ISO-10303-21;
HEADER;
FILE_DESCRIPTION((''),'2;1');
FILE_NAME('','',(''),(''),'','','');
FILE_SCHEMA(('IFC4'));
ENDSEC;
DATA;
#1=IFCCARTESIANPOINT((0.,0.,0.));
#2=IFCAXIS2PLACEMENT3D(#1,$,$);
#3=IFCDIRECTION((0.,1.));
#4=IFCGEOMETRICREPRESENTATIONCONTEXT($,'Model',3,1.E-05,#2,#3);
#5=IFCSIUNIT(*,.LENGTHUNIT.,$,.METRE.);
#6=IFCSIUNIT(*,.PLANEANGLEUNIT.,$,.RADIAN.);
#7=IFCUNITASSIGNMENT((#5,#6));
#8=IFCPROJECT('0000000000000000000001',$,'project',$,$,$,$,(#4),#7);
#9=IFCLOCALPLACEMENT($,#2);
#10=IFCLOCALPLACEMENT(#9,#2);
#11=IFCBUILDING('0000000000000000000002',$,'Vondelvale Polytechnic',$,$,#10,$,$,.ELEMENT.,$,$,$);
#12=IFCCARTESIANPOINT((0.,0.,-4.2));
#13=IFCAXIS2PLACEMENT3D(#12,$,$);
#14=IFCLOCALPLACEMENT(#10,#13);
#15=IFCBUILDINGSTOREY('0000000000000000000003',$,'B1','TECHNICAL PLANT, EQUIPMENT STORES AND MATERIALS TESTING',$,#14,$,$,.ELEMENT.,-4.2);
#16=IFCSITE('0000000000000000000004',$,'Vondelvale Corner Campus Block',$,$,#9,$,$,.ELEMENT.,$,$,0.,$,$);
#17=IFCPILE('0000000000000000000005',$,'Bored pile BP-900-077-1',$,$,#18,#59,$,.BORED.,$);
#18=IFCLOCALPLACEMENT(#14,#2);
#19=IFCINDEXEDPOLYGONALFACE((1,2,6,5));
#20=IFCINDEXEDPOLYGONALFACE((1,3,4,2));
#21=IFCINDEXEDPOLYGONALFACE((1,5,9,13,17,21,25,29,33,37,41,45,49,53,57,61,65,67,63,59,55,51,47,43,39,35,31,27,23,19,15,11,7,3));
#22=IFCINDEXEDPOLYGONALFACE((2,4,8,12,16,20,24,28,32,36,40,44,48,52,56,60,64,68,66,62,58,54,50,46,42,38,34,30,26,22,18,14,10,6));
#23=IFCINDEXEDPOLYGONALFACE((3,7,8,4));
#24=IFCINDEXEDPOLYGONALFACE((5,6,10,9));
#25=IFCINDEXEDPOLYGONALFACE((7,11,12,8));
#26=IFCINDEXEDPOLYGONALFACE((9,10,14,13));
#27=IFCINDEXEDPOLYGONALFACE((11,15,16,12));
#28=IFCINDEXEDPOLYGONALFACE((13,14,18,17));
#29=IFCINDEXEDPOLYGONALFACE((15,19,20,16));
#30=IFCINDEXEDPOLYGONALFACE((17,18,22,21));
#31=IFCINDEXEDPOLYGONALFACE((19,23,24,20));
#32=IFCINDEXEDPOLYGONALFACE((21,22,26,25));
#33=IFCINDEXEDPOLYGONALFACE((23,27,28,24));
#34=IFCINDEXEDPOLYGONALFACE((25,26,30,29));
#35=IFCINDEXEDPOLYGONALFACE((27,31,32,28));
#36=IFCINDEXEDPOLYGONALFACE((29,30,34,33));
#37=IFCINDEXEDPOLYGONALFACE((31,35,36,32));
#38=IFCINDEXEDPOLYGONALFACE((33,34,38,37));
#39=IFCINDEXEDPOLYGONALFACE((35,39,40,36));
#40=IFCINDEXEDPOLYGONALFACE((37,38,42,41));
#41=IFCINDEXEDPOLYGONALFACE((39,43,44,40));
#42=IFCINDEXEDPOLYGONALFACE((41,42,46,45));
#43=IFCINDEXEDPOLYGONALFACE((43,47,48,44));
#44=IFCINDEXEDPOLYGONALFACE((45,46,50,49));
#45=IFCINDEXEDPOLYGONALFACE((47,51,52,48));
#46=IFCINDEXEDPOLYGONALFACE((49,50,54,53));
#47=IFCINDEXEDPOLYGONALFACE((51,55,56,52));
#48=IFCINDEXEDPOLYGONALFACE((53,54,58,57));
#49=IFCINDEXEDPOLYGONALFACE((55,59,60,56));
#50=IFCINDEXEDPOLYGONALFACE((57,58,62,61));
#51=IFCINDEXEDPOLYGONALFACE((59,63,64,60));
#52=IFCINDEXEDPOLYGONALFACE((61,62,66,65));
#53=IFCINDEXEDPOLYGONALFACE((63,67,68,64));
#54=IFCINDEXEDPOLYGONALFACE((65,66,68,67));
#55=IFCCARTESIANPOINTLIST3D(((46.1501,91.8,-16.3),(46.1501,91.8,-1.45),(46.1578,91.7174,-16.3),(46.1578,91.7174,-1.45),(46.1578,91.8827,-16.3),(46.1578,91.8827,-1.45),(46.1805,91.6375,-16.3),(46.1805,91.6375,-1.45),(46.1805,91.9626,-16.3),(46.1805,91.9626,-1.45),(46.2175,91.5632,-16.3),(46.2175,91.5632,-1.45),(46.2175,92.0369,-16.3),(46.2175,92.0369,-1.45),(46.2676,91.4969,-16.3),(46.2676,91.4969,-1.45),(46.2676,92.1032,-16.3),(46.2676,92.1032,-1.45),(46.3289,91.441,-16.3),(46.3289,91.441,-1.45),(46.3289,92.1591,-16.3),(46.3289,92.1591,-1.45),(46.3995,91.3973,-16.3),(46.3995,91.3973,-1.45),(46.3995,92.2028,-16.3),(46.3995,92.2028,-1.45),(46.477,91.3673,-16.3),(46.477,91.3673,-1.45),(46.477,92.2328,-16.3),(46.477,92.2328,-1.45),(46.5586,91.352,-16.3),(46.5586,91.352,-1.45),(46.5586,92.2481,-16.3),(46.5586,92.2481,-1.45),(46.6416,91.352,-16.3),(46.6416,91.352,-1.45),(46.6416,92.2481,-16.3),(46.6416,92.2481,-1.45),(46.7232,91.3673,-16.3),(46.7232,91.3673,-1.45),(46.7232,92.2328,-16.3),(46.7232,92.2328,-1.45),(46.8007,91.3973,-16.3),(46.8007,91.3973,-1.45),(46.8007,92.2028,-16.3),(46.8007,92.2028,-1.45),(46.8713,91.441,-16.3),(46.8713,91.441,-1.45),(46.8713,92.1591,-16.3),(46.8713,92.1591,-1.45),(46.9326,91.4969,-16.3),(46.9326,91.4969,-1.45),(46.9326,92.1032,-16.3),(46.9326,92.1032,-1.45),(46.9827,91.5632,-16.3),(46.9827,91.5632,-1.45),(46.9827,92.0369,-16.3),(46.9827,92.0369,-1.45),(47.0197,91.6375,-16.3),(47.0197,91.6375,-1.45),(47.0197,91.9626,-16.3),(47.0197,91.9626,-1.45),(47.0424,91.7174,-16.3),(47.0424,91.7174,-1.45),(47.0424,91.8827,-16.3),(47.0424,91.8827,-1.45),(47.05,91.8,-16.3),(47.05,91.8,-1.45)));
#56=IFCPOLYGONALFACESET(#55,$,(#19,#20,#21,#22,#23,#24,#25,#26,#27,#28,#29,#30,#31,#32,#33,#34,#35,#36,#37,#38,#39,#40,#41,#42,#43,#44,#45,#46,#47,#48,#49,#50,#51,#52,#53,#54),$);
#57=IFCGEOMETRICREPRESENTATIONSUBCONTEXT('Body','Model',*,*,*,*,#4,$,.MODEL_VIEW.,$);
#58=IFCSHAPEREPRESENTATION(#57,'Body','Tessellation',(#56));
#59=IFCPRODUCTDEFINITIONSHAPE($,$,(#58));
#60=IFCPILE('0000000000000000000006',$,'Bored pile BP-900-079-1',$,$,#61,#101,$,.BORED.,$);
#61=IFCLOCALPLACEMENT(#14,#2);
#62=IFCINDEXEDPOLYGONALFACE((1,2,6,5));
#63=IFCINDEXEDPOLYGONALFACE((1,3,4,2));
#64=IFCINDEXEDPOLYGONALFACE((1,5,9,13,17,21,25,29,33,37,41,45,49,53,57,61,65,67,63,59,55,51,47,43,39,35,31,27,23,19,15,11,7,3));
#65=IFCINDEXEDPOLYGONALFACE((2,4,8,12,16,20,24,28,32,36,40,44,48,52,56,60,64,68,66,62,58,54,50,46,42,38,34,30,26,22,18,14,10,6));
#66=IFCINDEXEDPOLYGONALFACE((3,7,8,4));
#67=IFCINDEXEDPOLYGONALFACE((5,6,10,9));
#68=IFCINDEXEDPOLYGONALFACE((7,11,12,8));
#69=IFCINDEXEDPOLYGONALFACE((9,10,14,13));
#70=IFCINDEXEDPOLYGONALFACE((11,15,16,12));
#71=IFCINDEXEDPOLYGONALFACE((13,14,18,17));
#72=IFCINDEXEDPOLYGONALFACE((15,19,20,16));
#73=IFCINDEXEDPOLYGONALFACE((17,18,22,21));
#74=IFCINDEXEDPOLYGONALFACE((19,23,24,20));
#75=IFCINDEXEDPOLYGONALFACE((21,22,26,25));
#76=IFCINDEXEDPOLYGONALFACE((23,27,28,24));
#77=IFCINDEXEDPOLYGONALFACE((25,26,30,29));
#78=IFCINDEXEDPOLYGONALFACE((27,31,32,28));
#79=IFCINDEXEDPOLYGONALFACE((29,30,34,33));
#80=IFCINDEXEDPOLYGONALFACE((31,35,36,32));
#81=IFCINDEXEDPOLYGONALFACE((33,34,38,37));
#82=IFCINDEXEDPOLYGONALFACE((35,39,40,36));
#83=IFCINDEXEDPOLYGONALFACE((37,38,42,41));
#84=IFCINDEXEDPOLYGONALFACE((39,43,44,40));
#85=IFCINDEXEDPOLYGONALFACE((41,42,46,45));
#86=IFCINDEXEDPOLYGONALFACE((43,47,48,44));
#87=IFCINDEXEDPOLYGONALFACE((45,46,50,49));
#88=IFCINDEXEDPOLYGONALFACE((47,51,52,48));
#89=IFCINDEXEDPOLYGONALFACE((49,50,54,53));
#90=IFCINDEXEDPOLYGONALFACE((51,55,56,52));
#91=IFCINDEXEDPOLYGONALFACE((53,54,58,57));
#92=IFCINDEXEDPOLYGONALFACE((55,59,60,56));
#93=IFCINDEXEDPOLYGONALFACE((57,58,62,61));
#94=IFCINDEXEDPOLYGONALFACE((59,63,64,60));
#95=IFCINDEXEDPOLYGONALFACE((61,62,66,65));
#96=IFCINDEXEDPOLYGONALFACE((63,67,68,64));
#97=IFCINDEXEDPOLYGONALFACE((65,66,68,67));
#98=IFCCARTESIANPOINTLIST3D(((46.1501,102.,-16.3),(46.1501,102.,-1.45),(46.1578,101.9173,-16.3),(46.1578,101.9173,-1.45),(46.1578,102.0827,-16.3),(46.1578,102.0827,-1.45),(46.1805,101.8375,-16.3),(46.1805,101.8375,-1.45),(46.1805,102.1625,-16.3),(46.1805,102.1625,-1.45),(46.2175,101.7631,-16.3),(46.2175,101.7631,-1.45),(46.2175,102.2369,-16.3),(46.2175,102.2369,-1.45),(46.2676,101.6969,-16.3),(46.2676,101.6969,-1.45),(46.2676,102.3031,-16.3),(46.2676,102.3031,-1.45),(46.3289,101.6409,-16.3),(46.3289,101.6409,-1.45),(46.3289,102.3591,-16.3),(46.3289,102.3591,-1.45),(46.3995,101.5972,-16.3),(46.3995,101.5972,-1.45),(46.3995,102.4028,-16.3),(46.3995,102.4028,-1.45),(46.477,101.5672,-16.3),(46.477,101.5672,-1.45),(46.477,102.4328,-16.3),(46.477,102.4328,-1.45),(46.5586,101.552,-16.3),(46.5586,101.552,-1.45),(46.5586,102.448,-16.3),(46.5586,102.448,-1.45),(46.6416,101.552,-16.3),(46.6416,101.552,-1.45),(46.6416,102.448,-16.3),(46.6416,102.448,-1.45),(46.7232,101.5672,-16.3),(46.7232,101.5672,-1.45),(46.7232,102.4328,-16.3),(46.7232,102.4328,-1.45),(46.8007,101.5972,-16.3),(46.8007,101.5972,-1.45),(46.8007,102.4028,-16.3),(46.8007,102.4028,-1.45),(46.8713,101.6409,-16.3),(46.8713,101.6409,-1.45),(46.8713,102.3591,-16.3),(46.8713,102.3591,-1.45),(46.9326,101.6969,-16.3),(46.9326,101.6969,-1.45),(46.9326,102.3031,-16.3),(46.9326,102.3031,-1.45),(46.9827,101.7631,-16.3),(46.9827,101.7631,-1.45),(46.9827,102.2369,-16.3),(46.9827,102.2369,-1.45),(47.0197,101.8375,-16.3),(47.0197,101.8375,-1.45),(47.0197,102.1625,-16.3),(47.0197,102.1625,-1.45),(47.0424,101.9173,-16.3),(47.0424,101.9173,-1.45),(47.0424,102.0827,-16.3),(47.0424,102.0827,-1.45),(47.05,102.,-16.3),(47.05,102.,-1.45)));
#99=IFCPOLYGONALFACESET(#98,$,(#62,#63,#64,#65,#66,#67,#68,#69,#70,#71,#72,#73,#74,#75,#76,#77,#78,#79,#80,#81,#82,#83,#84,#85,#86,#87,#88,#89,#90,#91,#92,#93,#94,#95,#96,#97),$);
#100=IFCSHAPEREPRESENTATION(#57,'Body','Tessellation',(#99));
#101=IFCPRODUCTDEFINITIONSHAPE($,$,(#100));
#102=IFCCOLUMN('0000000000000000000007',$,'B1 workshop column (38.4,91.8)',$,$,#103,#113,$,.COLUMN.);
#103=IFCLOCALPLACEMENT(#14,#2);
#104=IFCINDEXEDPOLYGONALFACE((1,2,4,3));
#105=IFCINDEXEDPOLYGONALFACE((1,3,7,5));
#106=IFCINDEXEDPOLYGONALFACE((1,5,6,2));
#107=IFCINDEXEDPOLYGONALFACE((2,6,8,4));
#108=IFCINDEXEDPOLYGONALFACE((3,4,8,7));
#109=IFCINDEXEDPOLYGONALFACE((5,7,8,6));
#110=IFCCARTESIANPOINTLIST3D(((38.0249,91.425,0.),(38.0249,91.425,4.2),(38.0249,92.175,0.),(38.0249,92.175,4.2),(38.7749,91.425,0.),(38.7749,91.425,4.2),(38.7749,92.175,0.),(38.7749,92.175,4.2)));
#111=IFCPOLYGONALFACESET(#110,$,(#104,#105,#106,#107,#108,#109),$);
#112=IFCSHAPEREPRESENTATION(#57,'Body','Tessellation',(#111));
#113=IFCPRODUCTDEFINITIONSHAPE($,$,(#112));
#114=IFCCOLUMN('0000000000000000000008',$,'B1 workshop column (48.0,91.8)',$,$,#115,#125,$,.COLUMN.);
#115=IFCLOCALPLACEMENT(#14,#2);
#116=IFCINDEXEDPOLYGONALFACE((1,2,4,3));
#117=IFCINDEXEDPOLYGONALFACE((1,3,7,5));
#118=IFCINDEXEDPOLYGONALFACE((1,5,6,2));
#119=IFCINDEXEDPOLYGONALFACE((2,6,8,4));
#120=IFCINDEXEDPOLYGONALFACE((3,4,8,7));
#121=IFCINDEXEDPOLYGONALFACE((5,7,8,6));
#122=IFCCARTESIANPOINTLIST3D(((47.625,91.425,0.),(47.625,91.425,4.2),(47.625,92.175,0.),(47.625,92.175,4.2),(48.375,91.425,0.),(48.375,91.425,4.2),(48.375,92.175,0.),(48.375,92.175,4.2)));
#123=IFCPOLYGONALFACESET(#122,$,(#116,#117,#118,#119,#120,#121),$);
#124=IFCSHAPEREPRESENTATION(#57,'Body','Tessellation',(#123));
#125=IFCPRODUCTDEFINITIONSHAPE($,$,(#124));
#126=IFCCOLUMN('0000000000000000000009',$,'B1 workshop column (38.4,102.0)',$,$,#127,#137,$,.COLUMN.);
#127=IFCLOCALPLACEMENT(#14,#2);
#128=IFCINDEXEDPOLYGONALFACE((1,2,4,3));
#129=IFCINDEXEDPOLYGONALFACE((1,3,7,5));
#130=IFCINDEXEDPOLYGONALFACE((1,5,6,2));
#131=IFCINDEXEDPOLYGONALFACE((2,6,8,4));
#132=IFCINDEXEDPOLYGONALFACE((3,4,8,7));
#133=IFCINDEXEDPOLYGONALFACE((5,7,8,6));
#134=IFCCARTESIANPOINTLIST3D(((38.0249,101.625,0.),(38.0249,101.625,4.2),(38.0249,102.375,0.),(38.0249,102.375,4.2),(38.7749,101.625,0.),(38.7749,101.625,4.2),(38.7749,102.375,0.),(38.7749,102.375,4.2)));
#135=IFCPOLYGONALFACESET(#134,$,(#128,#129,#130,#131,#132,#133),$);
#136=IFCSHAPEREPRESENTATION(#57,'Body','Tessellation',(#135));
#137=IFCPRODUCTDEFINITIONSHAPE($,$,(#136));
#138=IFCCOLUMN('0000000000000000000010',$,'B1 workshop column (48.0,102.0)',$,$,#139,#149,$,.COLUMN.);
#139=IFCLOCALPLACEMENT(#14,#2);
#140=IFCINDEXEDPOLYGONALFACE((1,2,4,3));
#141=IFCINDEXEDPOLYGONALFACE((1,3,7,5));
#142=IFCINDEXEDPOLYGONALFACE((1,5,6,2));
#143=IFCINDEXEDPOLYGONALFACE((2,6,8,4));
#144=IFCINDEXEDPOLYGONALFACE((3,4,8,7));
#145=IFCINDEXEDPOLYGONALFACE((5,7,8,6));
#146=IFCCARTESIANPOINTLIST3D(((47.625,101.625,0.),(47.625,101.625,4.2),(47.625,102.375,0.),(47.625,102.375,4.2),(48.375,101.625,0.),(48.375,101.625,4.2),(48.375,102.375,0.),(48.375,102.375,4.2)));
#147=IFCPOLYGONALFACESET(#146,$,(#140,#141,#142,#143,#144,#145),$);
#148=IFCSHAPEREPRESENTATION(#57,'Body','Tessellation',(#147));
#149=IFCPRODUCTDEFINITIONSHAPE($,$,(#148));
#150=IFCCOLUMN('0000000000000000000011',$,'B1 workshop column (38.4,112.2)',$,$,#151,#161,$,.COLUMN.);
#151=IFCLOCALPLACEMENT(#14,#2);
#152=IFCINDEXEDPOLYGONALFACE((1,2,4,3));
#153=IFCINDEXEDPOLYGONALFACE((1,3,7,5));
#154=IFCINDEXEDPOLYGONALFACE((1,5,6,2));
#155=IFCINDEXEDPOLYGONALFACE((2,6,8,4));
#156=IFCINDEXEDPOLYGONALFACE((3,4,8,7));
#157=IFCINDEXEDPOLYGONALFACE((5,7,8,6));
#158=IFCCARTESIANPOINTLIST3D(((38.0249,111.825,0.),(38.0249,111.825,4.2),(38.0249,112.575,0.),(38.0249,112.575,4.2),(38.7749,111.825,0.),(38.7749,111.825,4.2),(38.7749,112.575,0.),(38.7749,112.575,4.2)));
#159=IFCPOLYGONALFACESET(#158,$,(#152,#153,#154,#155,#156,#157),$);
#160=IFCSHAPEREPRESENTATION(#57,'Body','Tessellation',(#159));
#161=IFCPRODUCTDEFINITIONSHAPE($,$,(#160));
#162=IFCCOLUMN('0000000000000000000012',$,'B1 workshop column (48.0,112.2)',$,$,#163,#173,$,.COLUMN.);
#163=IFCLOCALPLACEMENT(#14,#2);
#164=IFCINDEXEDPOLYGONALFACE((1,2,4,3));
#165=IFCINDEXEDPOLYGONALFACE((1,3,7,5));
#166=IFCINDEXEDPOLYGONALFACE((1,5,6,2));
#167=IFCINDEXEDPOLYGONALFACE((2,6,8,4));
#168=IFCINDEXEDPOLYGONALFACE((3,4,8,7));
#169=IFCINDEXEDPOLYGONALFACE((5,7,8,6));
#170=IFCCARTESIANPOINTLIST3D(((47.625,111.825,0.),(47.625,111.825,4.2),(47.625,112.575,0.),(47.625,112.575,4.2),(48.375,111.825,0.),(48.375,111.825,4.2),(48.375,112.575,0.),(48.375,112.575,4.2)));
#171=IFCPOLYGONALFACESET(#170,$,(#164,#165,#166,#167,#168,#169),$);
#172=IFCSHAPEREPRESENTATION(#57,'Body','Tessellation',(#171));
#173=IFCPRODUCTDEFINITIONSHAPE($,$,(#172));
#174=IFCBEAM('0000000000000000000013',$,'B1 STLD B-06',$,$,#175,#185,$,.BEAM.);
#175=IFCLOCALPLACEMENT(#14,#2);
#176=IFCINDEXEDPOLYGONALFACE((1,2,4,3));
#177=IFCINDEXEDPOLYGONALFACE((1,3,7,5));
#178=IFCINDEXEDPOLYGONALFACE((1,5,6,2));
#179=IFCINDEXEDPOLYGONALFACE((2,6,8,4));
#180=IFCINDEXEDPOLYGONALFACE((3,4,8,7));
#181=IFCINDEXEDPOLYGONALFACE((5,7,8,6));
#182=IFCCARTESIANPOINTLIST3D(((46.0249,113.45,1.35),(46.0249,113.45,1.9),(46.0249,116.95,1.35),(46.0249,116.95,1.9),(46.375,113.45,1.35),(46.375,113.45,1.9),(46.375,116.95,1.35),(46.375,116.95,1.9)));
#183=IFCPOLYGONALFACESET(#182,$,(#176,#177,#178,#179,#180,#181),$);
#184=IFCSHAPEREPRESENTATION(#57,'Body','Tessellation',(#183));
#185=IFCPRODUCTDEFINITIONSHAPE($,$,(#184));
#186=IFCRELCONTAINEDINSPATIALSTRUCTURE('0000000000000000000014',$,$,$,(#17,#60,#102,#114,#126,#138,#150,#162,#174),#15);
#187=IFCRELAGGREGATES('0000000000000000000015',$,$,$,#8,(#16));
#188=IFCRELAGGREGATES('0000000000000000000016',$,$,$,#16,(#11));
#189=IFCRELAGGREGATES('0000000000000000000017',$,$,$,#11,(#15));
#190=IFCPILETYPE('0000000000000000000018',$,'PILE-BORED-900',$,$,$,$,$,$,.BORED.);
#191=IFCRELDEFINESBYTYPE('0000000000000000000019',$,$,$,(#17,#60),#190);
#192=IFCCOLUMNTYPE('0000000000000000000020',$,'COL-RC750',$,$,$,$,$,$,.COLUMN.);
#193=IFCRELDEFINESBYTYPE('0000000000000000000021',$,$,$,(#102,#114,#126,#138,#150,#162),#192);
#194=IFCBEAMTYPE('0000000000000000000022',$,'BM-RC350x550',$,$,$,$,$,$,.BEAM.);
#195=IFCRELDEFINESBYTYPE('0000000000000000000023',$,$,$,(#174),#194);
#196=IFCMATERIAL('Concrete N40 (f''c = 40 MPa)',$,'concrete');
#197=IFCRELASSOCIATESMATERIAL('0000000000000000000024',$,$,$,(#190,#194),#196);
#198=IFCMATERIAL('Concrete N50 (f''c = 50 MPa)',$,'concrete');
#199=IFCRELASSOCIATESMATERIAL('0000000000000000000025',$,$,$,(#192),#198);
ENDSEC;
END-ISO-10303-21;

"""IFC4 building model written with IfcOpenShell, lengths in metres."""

from ifc_helpers import new_model, si_unit, direction, frame, origin, origin_2d, place, context, subcontext, project, spatial, rectangle, circle, extrude, material, material_profile, profile_set, type_object, element, save


model = new_model("IFC4")

# Units and contexts
model_context = context("Model", 3, precision=1e-05, world=origin(), true_north=direction((0.0, 1.0)))
body_context = subcontext(model_context, "Body", "Model", "MODEL_VIEW")
ifc_project = project(units=[si_unit("LENGTHUNIT", "METRE"), si_unit("PLANEANGLEUNIT", "RADIAN")], contexts=[model_context])

# Site, building, storey
site_placement = place(None, origin())
site = spatial("IfcSite", under=ifc_project, at=site_placement, Name="Vondelvale Corner Campus Block", CompositionType="ELEMENT", RefElevation=0.0)
building_placement = place(site_placement, origin())
building = spatial("IfcBuilding", under=site, at=building_placement, Name="Vondelvale Polytechnic", CompositionType="ELEMENT")
storey_placement = place(building_placement, frame((0.0, 0.0, -4.2)))
storey = spatial("IfcBuildingStorey", under=building, at=storey_placement, Name="B1", Description="TECHNICAL PLANT, EQUIPMENT STORES AND MATERIALS TESTING", CompositionType="ELEMENT", Elevation=-4.2)

# Shared definitions
ifc_material_1 = material(Name="Concrete N40 (f'c = 40 MPa)", Category="concrete")

# Piles
ifc_material_profile_1 = material_profile(ifc_material_1, circle(Radius=0.45, at=origin_2d()), Name="PILE-D900")
ifc_profile_set_1 = profile_set([ifc_material_profile_1], Name="Concrete N40 (f'c = 40 MPa)")
pile_type_1 = type_object("IfcPileType", Name="PILE-BORED-900", PredefinedType="BORED", material=ifc_profile_set_1)
for number, where, z_axis, x_axis, name in (
    (1, (46.6001, 91.8, -1.45), (0.0, 0.0, -1.0), (1.0, 0.0, 0.0), "Bored pile BP-900-077-1"),
    (2, (46.6001, 102.0, -1.45), (0.0, 0.0, -1.0), (1.0, 0.0, 0.0), "Bored pile BP-900-079-1"),
):
    element("IfcPile", number, at=place(storey_placement, frame(where, z_axis=z_axis, x_axis=x_axis)), inside=storey, type_object=pile_type_1, Name=name, PredefinedType="BORED", context=body_context, shape_type="SweptSolid", body=[
        extrude(circle(Radius=0.45, at=origin_2d()), origin(), (0.0, 0.0, 1.0), 14.8501),
    ])

# Columns
ifc_material_2 = material(Name="Concrete N50 (f'c = 50 MPa)", Category="concrete")
ifc_material_profile_2 = material_profile(ifc_material_2, rectangle(XDim=0.75, YDim=0.75, at=origin_2d()), Name="RC-COL-750x750")
ifc_profile_set_2 = profile_set([ifc_material_profile_2], Name="Concrete N50 (f'c = 50 MPa)")
column_type = type_object("IfcColumnType", Name="COL-RC750", PredefinedType="COLUMN", material=ifc_profile_set_2)
for number, where, z_axis, x_axis, name in (
    (3, (38.3999, 91.8, 0.0), (0.0, 0.0, 1.0), (1.0, 0.0, 0.0), "B1 workshop column (38.4,91.8)"),
    (4, (48.0, 91.8, 0.0), (0.0, 0.0, 1.0), (1.0, 0.0, 0.0), "B1 workshop column (48.0,91.8)"),
    (5, (38.3999, 102.0, 0.0), (0.0, 0.0, 1.0), (1.0, 0.0, 0.0), "B1 workshop column (38.4,102.0)"),
    (6, (48.0, 102.0, 0.0), (0.0, 0.0, 1.0), (1.0, 0.0, 0.0), "B1 workshop column (48.0,102.0)"),
    (7, (38.3999, 112.2, 0.0), (0.0, 0.0, 1.0), (1.0, 0.0, 0.0), "B1 workshop column (38.4,112.2)"),
    (8, (48.0, 112.2, 0.0), (0.0, 0.0, 1.0), (1.0, 0.0, 0.0), "B1 workshop column (48.0,112.2)"),
):
    element("IfcColumn", number, at=place(storey_placement, frame(where, z_axis=z_axis, x_axis=x_axis)), inside=storey, type_object=column_type, Name=name, PredefinedType="COLUMN", context=body_context, shape_type="SweptSolid", body=[
        extrude(rectangle(XDim=0.75, YDim=0.75, at=origin_2d()), origin(), (0.0, 0.0, 1.0), 4.2),
    ])

# Beam
ifc_material_profile_3 = material_profile(ifc_material_1, rectangle(XDim=0.3501, YDim=0.55, at=origin_2d()), Name="RC-BM-350x550")
ifc_profile_set_3 = profile_set([ifc_material_profile_3], Name="Concrete N40 (f'c = 40 MPa)")
beam_type = type_object("IfcBeamType", Name="BM-RC350x550", PredefinedType="BEAM", material=ifc_profile_set_3)
beam_placement = place(storey_placement, frame((46.2, 113.45, 1.625), z_axis=(0.0, 1.0, 0.0), x_axis=(-1.0, 0.0, 0.0)))
element("IfcBeam", 9, at=beam_placement, inside=storey, type_object=beam_type, Name="B1 STLD B-06", PredefinedType="BEAM", context=body_context, shape_type="SweptSolid", body=[
    extrude(rectangle(XDim=0.3501, YDim=0.55, at=origin_2d()), origin(), (0.0, 0.0, 1.0), 3.5),
])

save(model, "model.ifc")
